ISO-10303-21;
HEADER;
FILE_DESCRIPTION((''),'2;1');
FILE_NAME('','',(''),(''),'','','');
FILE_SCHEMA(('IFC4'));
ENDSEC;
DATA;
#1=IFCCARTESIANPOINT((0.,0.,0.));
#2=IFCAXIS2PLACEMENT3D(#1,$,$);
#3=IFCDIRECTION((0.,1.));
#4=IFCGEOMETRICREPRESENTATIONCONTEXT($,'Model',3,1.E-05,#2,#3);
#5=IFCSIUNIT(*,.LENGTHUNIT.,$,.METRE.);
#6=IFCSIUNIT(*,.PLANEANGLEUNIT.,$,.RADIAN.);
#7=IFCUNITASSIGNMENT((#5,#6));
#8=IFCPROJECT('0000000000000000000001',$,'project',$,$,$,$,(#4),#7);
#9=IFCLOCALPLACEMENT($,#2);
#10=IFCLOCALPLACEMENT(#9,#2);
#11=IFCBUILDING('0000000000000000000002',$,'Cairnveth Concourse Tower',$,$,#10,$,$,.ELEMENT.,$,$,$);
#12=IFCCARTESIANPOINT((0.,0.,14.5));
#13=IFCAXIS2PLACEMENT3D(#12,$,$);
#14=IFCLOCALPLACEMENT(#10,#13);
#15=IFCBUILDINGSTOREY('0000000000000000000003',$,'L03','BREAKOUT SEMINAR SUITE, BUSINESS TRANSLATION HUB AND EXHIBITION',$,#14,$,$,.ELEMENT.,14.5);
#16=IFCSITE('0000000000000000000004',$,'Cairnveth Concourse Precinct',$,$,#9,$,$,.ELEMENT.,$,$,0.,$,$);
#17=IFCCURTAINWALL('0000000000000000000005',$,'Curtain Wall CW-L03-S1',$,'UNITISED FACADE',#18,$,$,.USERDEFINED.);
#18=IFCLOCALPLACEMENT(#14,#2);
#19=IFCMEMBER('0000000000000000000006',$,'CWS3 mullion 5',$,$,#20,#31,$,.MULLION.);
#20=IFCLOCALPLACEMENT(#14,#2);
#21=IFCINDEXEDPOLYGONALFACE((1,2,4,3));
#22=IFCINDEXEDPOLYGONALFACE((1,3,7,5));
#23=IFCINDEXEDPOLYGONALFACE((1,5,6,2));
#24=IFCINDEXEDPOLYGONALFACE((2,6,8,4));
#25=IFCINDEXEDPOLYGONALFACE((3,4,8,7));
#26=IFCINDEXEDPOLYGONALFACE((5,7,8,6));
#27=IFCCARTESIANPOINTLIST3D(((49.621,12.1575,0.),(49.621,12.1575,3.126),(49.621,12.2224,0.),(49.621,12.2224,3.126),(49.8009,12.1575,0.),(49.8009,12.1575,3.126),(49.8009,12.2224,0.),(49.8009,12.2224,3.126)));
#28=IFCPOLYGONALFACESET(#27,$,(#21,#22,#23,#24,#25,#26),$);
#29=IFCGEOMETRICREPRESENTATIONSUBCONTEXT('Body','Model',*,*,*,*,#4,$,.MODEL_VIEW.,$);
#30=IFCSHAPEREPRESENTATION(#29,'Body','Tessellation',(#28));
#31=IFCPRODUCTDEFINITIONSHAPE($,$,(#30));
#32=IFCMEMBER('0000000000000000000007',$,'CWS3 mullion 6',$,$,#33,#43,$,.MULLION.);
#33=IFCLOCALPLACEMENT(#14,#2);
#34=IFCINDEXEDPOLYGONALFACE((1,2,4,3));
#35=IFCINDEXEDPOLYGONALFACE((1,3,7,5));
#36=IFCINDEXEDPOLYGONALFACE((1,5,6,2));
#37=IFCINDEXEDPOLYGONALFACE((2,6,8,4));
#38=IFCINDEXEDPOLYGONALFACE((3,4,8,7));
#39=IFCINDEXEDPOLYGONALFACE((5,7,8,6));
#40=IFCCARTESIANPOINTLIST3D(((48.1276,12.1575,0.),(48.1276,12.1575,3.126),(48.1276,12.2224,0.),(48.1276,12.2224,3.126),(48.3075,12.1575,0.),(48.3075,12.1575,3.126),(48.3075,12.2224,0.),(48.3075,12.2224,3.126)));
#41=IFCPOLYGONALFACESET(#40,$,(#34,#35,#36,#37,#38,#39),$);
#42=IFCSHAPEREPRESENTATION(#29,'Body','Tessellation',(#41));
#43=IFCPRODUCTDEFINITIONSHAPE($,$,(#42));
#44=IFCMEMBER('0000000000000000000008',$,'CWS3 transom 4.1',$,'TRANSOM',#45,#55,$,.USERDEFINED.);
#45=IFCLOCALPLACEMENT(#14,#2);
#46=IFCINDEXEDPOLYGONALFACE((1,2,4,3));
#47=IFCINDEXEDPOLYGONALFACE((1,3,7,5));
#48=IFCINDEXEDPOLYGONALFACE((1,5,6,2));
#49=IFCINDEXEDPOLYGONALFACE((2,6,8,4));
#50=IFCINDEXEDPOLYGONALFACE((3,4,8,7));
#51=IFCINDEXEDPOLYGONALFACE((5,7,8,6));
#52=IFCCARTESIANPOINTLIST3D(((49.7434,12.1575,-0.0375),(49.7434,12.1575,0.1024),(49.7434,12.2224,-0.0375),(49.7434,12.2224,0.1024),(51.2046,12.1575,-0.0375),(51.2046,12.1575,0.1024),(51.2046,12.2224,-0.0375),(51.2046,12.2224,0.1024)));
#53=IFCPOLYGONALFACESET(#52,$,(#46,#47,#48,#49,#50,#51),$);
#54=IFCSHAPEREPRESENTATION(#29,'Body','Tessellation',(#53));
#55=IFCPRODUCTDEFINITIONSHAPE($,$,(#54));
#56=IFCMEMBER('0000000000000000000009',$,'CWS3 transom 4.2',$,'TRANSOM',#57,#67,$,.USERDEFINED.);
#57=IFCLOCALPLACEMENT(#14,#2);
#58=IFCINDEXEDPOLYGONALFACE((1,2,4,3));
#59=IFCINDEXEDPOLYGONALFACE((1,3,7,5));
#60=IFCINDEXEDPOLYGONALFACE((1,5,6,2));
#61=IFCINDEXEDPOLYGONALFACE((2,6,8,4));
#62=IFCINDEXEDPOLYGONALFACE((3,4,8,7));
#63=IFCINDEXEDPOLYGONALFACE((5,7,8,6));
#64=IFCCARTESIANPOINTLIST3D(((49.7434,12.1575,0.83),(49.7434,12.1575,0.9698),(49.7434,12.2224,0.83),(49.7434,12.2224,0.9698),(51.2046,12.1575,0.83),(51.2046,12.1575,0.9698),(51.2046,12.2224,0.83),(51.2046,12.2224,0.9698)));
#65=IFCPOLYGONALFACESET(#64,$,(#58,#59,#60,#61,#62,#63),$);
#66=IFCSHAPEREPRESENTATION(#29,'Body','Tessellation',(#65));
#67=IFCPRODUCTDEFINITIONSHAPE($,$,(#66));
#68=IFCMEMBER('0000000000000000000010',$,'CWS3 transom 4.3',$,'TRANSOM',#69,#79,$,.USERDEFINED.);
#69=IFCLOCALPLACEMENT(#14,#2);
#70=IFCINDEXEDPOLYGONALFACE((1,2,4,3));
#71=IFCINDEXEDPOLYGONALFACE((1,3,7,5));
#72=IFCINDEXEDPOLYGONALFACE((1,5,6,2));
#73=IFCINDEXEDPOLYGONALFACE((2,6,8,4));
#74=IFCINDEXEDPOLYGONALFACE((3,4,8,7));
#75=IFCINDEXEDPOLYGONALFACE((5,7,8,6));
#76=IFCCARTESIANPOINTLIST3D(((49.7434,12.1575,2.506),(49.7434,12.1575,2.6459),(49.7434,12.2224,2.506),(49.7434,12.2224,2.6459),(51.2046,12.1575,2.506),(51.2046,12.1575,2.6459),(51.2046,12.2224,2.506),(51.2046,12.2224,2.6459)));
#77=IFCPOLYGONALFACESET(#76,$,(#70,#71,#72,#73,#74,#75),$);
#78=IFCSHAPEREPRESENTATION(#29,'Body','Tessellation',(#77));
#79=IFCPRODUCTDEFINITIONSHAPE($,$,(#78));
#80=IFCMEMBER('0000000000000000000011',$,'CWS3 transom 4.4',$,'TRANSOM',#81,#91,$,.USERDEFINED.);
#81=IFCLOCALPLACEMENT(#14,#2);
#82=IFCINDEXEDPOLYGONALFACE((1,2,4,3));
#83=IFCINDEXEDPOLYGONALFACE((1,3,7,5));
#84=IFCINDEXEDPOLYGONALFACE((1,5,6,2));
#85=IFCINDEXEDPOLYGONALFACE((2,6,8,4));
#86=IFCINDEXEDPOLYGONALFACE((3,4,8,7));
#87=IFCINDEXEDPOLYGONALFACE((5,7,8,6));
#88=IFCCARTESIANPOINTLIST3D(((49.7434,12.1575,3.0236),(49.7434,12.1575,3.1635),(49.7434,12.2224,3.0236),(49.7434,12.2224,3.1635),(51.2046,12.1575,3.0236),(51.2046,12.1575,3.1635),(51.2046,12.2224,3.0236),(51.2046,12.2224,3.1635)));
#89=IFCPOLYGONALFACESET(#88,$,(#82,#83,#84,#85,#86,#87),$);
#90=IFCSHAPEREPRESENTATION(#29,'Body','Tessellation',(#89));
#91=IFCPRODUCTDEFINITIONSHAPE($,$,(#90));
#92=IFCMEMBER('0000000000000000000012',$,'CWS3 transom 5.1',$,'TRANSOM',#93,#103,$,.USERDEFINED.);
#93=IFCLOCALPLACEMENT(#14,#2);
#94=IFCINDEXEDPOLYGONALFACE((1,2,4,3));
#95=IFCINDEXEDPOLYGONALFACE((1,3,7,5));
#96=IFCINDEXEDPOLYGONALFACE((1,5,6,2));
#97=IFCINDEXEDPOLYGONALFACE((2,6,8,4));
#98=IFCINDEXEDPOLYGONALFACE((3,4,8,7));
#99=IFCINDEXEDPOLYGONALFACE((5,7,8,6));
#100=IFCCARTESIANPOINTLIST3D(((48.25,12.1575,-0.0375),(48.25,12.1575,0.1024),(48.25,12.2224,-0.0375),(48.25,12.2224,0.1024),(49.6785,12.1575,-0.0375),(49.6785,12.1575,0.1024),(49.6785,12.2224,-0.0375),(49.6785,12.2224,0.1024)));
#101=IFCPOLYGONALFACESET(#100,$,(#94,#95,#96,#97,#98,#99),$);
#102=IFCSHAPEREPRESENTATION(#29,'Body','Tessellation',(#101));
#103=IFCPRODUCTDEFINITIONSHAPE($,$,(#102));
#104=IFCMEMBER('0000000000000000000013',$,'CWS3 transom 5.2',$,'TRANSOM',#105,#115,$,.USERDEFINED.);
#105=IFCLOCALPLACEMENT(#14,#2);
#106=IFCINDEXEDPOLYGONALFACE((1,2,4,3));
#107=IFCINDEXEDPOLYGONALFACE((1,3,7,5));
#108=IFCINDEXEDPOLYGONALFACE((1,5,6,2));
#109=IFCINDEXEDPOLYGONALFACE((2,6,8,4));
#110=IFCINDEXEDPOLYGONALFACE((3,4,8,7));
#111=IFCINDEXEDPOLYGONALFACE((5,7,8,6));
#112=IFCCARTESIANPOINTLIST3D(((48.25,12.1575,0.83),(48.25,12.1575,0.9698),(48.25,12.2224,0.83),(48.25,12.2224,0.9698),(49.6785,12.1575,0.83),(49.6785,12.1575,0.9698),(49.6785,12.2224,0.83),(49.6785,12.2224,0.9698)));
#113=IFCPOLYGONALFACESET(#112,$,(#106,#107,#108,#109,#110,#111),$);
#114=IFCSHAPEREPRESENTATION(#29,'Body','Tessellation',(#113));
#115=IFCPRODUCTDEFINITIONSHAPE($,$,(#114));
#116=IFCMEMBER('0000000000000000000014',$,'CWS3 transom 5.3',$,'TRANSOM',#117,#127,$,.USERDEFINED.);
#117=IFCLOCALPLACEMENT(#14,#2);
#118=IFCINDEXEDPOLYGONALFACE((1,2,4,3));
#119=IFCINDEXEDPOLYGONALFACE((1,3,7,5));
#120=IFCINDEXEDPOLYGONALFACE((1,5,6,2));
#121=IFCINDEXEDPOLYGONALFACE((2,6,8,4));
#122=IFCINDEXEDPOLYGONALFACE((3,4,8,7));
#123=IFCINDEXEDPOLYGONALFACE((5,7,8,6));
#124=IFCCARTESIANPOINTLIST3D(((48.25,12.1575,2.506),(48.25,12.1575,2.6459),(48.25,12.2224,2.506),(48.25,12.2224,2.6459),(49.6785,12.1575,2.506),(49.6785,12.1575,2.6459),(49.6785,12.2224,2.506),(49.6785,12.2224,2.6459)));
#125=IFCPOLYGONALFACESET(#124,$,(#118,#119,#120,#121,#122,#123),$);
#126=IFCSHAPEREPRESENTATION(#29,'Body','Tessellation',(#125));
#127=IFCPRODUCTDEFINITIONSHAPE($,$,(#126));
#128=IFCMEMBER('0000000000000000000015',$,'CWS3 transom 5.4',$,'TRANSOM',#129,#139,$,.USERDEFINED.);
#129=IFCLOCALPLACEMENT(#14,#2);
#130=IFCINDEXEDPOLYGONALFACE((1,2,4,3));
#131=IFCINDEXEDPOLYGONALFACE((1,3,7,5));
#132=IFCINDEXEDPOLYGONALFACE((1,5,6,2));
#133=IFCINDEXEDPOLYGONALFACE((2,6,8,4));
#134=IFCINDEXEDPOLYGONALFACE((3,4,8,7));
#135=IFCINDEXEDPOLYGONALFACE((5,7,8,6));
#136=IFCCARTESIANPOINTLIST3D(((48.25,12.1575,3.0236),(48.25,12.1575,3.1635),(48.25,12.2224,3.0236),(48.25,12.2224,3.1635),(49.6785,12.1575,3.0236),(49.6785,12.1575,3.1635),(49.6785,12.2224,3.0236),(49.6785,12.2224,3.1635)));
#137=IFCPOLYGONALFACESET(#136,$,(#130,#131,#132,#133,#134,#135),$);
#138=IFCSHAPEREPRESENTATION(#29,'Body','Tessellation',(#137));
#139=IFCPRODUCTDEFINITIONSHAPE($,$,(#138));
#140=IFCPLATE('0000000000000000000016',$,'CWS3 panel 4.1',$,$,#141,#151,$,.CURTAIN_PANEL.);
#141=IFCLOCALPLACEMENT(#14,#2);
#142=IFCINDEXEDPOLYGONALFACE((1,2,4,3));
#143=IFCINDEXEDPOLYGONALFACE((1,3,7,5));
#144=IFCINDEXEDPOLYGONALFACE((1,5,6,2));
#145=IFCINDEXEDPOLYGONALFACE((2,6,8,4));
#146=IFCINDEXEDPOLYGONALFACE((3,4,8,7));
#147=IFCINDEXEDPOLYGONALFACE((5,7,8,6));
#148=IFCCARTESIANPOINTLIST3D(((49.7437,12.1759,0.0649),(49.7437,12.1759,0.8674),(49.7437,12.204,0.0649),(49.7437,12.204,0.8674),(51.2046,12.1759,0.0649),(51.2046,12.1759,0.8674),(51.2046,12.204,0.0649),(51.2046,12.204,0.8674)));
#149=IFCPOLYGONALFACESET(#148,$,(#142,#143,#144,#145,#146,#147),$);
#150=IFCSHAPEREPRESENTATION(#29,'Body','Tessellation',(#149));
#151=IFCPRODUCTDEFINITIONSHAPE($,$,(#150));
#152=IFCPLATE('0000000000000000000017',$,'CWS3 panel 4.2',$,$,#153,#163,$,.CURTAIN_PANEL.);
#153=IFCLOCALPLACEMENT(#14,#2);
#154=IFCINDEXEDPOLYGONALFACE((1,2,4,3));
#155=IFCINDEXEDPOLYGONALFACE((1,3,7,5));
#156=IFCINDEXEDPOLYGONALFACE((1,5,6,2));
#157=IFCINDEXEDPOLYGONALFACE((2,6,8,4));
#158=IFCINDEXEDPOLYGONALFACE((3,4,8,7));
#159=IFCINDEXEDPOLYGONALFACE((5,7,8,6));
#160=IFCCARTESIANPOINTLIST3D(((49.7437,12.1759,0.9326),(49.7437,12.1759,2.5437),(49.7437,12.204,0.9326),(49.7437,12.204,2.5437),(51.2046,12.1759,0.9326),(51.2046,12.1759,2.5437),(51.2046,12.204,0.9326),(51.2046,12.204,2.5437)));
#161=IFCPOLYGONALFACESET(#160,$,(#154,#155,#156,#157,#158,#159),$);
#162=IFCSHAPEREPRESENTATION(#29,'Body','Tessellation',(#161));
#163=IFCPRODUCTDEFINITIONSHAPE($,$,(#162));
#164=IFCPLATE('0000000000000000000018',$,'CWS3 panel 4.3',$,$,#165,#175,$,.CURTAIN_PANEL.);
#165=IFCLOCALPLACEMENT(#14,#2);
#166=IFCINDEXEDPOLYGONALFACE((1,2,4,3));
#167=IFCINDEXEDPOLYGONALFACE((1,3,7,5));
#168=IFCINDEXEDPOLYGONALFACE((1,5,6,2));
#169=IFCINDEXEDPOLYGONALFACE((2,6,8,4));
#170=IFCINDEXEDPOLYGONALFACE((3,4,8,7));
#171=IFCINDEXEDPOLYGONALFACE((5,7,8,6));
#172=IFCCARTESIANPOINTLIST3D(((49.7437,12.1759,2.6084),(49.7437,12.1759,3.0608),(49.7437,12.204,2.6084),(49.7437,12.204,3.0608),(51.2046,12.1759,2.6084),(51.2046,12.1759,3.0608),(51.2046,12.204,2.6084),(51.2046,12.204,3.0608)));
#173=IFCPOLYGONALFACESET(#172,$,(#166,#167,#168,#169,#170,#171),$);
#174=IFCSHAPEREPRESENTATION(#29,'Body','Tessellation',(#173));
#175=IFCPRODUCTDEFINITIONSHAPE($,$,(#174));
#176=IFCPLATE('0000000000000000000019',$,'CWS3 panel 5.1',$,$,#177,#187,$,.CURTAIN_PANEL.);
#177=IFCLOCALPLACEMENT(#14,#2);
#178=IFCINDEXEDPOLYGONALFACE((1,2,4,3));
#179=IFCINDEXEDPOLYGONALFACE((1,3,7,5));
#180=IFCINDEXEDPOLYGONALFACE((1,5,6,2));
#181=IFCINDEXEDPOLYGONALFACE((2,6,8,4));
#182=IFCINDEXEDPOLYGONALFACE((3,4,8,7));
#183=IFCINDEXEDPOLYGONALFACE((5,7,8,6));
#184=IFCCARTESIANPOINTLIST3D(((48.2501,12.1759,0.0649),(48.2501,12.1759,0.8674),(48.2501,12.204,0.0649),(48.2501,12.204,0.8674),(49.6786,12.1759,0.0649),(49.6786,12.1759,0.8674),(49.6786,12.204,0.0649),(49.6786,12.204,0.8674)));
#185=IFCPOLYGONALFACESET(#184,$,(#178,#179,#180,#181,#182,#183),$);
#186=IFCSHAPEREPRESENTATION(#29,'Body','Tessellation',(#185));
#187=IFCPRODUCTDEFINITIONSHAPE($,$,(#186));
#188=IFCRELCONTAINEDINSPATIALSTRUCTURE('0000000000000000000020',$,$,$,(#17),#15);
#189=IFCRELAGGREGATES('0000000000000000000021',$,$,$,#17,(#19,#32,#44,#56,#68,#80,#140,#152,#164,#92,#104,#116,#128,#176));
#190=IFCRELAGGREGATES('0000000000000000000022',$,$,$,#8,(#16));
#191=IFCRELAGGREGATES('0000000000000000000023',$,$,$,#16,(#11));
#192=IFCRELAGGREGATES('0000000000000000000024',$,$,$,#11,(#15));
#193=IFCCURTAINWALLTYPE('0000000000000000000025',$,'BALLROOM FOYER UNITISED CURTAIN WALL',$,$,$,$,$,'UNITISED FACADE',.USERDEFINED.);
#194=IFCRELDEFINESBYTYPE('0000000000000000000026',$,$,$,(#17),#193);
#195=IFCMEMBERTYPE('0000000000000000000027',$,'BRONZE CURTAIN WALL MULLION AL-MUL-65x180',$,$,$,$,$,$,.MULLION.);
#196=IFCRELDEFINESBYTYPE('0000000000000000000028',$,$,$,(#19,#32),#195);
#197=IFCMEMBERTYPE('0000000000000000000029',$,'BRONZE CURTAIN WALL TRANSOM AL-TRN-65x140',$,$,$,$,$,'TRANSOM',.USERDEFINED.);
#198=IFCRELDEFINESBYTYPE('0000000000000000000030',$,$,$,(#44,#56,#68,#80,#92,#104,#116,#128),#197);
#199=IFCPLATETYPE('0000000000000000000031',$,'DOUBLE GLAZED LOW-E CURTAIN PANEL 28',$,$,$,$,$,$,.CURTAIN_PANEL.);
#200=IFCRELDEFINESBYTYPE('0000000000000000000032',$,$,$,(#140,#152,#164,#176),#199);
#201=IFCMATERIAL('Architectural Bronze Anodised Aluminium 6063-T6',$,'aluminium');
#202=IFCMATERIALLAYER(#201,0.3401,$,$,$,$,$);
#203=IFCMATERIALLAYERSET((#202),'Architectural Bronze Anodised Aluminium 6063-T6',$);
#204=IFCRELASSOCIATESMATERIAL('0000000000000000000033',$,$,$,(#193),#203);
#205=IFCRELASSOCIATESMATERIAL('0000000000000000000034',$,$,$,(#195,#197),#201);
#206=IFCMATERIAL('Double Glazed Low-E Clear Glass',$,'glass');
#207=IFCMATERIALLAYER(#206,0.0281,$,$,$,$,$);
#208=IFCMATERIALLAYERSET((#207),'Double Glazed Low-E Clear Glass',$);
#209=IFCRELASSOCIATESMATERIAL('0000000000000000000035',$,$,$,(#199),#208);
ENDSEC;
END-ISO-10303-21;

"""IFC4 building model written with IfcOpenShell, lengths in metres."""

from ifc_helpers import new_model, si_unit, direction, frame, origin, origin_2d, place, context, subcontext, project, spatial, rectangle, extrude, material, layer, layer_set, material_profile, profile_set, type_object, element, aggregate, save


model = new_model("IFC4")

# Units and contexts
model_context = context("Model", 3, precision=1e-05, world=origin(), true_north=direction((0.0, 1.0)))
body_context = subcontext(model_context, "Body", "Model", "MODEL_VIEW")
ifc_project = project(units=[si_unit("LENGTHUNIT", "METRE"), si_unit("PLANEANGLEUNIT", "RADIAN")], contexts=[model_context])

# Site, building, storey
site_placement = place(None, origin())
site = spatial("IfcSite", under=ifc_project, at=site_placement, Name="Cairnveth Concourse Precinct", CompositionType="ELEMENT", RefElevation=0.0)
building_placement = place(site_placement, origin())
building = spatial("IfcBuilding", under=site, at=building_placement, Name="Cairnveth Concourse Tower", CompositionType="ELEMENT")
storey_placement = place(building_placement, frame((0.0, 0.0, 14.5)))
storey = spatial("IfcBuildingStorey", under=building, at=storey_placement, Name="L03", Description="BREAKOUT SEMINAR SUITE, BUSINESS TRANSLATION HUB AND EXHIBITION", CompositionType="ELEMENT", Elevation=14.5)

# Curtain wall, members, plates
ifc_material_1 = material(Name="Architectural Bronze Anodised Aluminium 6063-T6", Category="aluminium")
ifc_layer_1 = layer(ifc_material_1, 0.3401)
ifc_layer_set_1 = layer_set([ifc_layer_1], Name="Architectural Bronze Anodised Aluminium 6063-T6")
curtain_wall_type = type_object("IfcCurtainWallType", Name="BALLROOM FOYER UNITISED CURTAIN WALL", ElementType="UNITISED FACADE", PredefinedType="USERDEFINED", material=ifc_layer_set_1)
curtain_wall_placement = place(storey_placement, origin())
curtain_wall = element("IfcCurtainWall", 1, at=curtain_wall_placement, inside=storey, type_object=curtain_wall_type, Name="Curtain Wall CW-L03-S1", ObjectType="UNITISED FACADE", PredefinedType="USERDEFINED")
ifc_material_profile_1 = material_profile(ifc_material_1, rectangle(XDim=0.0649, YDim=0.1799, at=origin_2d()), Name="AL-MUL-65x180")
ifc_profile_set_1 = profile_set([ifc_material_profile_1], Name="Architectural Bronze Anodised Aluminium 6063-T6")
member_type_1 = type_object("IfcMemberType", Name="BRONZE CURTAIN WALL MULLION AL-MUL-65x180", PredefinedType="MULLION", material=ifc_profile_set_1)
member_1_placement = place(storey_placement, frame((49.7109, 12.1899, 0.0), z_axis=(0.0, 0.0, 1.0), x_axis=(0.0, -1.0, 0.0)))
member_1 = element("IfcMember", 2, at=member_1_placement, type_object=member_type_1, Name="CWS3 mullion 5", PredefinedType="MULLION", context=body_context, shape_type="SweptSolid", body=[
    extrude(rectangle(XDim=0.0649, YDim=0.1799, at=origin_2d()), origin(), (0.0, 0.0, 1.0), 3.126),
])
member_2_placement = place(storey_placement, frame((48.2175, 12.1899, 0.0), z_axis=(0.0, 0.0, 1.0), x_axis=(0.0, -1.0, 0.0)))
member_2 = element("IfcMember", 3, at=member_2_placement, type_object=member_type_1, Name="CWS3 mullion 6", PredefinedType="MULLION", context=body_context, shape_type="SweptSolid", body=[
    extrude(rectangle(XDim=0.0649, YDim=0.1799, at=origin_2d()), origin(), (0.0, 0.0, 1.0), 3.126),
])
ifc_material_profile_2 = material_profile(ifc_material_1, rectangle(XDim=0.0649, YDim=0.1399, at=origin_2d()), Name="AL-TRN-65x140")
ifc_profile_set_2 = profile_set([ifc_material_profile_2], Name="Architectural Bronze Anodised Aluminium 6063-T6")
member_type_2 = type_object("IfcMemberType", Name="BRONZE CURTAIN WALL TRANSOM AL-TRN-65x140", ElementType="TRANSOM", PredefinedType="USERDEFINED", material=ifc_profile_set_2)
member_3_placement = place(storey_placement, frame((51.2046, 12.1899, 0.0325), z_axis=(-1.0, 0.0, 0.0), x_axis=(0.0, -1.0, 0.0)))
member_3 = element("IfcMember", 4, at=member_3_placement, type_object=member_type_2, Name="CWS3 transom 4.1", ObjectType="TRANSOM", PredefinedType="USERDEFINED", context=body_context, shape_type="SweptSolid", body=[
    extrude(rectangle(XDim=0.0649, YDim=0.1399, at=origin_2d()), origin(), (0.0, 0.0, 1.0), 1.4612),
])
member_4_placement = place(storey_placement, frame((51.2046, 12.1899, 0.8999), z_axis=(-1.0, 0.0, 0.0), x_axis=(0.0, -1.0, 0.0)))
member_4 = element("IfcMember", 5, at=member_4_placement, type_object=member_type_2, Name="CWS3 transom 4.2", ObjectType="TRANSOM", PredefinedType="USERDEFINED", context=body_context, shape_type="SweptSolid", body=[
    extrude(rectangle(XDim=0.0649, YDim=0.1399, at=origin_2d()), origin(), (0.0, 0.0, 1.0), 1.4612),
])
member_5_placement = place(storey_placement, frame((51.2046, 12.1899, 2.5759), z_axis=(-1.0, 0.0, 0.0), x_axis=(0.0, -1.0, 0.0)))
member_5 = element("IfcMember", 6, at=member_5_placement, type_object=member_type_2, Name="CWS3 transom 4.3", ObjectType="TRANSOM", PredefinedType="USERDEFINED", context=body_context, shape_type="SweptSolid", body=[
    extrude(rectangle(XDim=0.0649, YDim=0.1399, at=origin_2d()), origin(), (0.0, 0.0, 1.0), 1.4612),
])
member_6_placement = place(storey_placement, frame((51.2046, 12.1899, 3.0935), z_axis=(-1.0, 0.0, 0.0), x_axis=(0.0, -1.0, 0.0)))
member_6 = element("IfcMember", 7, at=member_6_placement, type_object=member_type_2, Name="CWS3 transom 4.4", ObjectType="TRANSOM", PredefinedType="USERDEFINED", context=body_context, shape_type="SweptSolid", body=[
    extrude(rectangle(XDim=0.0649, YDim=0.1399, at=origin_2d()), origin(), (0.0, 0.0, 1.0), 1.4612),
])
member_7_placement = place(storey_placement, frame((49.6785, 12.1899, 0.0325), z_axis=(-1.0, 0.0, 0.0), x_axis=(0.0, -1.0, 0.0)))
member_7 = element("IfcMember", 8, at=member_7_placement, type_object=member_type_2, Name="CWS3 transom 5.1", ObjectType="TRANSOM", PredefinedType="USERDEFINED", context=body_context, shape_type="SweptSolid", body=[
    extrude(rectangle(XDim=0.0649, YDim=0.1399, at=origin_2d()), origin(), (0.0, 0.0, 1.0), 1.4285),
])
member_8_placement = place(storey_placement, frame((49.6785, 12.1899, 0.8999), z_axis=(-1.0, 0.0, 0.0), x_axis=(0.0, -1.0, 0.0)))
member_8 = element("IfcMember", 9, at=member_8_placement, type_object=member_type_2, Name="CWS3 transom 5.2", ObjectType="TRANSOM", PredefinedType="USERDEFINED", context=body_context, shape_type="SweptSolid", body=[
    extrude(rectangle(XDim=0.0649, YDim=0.1399, at=origin_2d()), origin(), (0.0, 0.0, 1.0), 1.4285),
])
member_9_placement = place(storey_placement, frame((49.6785, 12.1899, 2.5759), z_axis=(-1.0, 0.0, 0.0), x_axis=(0.0, -1.0, 0.0)))
member_9 = element("IfcMember", 10, at=member_9_placement, type_object=member_type_2, Name="CWS3 transom 5.3", ObjectType="TRANSOM", PredefinedType="USERDEFINED", context=body_context, shape_type="SweptSolid", body=[
    extrude(rectangle(XDim=0.0649, YDim=0.1399, at=origin_2d()), origin(), (0.0, 0.0, 1.0), 1.4285),
])
member_10_placement = place(storey_placement, frame((49.6785, 12.1899, 3.0935), z_axis=(-1.0, 0.0, 0.0), x_axis=(0.0, -1.0, 0.0)))
member_10 = element("IfcMember", 11, at=member_10_placement, type_object=member_type_2, Name="CWS3 transom 5.4", ObjectType="TRANSOM", PredefinedType="USERDEFINED", context=body_context, shape_type="SweptSolid", body=[
    extrude(rectangle(XDim=0.0649, YDim=0.1399, at=origin_2d()), origin(), (0.0, 0.0, 1.0), 1.4285),
])
ifc_material_2 = material(Name="Double Glazed Low-E Clear Glass", Category="glass")
ifc_layer_2 = layer(ifc_material_2, 0.0281)
ifc_layer_set_2 = layer_set([ifc_layer_2], Name="Double Glazed Low-E Clear Glass")
plate_type = type_object("IfcPlateType", Name="DOUBLE GLAZED LOW-E CURTAIN PANEL 28", PredefinedType="CURTAIN_PANEL", material=ifc_layer_set_2)
plate_1_placement = place(storey_placement, frame((50.4741, 12.1899, 0.0649), z_axis=(0.0, 0.0, 1.0), x_axis=(-1.0, 0.0, 0.0)))
plate_1 = element("IfcPlate", 12, at=plate_1_placement, type_object=plate_type, Name="CWS3 panel 4.1", PredefinedType="CURTAIN_PANEL", context=body_context, shape_type="SweptSolid", body=[
    extrude(rectangle(XDim=1.4609, YDim=0.0281, at=origin_2d()), origin(), (0.0, 0.0, 1.0), 0.8025),
])
plate_2_placement = place(storey_placement, frame((50.4741, 12.1899, 0.9326), z_axis=(0.0, 0.0, 1.0), x_axis=(-1.0, 0.0, 0.0)))
plate_2 = element("IfcPlate", 13, at=plate_2_placement, type_object=plate_type, Name="CWS3 panel 4.2", PredefinedType="CURTAIN_PANEL", context=body_context, shape_type="SweptSolid", body=[
    extrude(rectangle(XDim=1.4609, YDim=0.0281, at=origin_2d()), origin(), (0.0, 0.0, 1.0), 1.6111),
])
plate_3_placement = place(storey_placement, frame((50.4741, 12.1899, 2.6084), z_axis=(0.0, 0.0, 1.0), x_axis=(-1.0, 0.0, 0.0)))
plate_3 = element("IfcPlate", 14, at=plate_3_placement, type_object=plate_type, Name="CWS3 panel 4.3", PredefinedType="CURTAIN_PANEL", context=body_context, shape_type="SweptSolid", body=[
    extrude(rectangle(XDim=1.4609, YDim=0.0281, at=origin_2d()), origin(), (0.0, 0.0, 1.0), 0.4524),
])
plate_4_placement = place(storey_placement, frame((48.9644, 12.1899, 0.0649), z_axis=(0.0, 0.0, 1.0), x_axis=(-1.0, 0.0, 0.0)))
plate_4 = element("IfcPlate", 15, at=plate_4_placement, type_object=plate_type, Name="CWS3 panel 5.1", PredefinedType="CURTAIN_PANEL", context=body_context, shape_type="SweptSolid", body=[
    extrude(rectangle(XDim=1.4285, YDim=0.0281, at=origin_2d()), origin(), (0.0, 0.0, 1.0), 0.8025),
])
aggregate(curtain_wall, [member_1, member_2, member_3, member_4, member_5, member_6, plate_1, plate_2, plate_3, member_7, member_8, member_9, member_10, plate_4])

save(model, "model.ifc")
